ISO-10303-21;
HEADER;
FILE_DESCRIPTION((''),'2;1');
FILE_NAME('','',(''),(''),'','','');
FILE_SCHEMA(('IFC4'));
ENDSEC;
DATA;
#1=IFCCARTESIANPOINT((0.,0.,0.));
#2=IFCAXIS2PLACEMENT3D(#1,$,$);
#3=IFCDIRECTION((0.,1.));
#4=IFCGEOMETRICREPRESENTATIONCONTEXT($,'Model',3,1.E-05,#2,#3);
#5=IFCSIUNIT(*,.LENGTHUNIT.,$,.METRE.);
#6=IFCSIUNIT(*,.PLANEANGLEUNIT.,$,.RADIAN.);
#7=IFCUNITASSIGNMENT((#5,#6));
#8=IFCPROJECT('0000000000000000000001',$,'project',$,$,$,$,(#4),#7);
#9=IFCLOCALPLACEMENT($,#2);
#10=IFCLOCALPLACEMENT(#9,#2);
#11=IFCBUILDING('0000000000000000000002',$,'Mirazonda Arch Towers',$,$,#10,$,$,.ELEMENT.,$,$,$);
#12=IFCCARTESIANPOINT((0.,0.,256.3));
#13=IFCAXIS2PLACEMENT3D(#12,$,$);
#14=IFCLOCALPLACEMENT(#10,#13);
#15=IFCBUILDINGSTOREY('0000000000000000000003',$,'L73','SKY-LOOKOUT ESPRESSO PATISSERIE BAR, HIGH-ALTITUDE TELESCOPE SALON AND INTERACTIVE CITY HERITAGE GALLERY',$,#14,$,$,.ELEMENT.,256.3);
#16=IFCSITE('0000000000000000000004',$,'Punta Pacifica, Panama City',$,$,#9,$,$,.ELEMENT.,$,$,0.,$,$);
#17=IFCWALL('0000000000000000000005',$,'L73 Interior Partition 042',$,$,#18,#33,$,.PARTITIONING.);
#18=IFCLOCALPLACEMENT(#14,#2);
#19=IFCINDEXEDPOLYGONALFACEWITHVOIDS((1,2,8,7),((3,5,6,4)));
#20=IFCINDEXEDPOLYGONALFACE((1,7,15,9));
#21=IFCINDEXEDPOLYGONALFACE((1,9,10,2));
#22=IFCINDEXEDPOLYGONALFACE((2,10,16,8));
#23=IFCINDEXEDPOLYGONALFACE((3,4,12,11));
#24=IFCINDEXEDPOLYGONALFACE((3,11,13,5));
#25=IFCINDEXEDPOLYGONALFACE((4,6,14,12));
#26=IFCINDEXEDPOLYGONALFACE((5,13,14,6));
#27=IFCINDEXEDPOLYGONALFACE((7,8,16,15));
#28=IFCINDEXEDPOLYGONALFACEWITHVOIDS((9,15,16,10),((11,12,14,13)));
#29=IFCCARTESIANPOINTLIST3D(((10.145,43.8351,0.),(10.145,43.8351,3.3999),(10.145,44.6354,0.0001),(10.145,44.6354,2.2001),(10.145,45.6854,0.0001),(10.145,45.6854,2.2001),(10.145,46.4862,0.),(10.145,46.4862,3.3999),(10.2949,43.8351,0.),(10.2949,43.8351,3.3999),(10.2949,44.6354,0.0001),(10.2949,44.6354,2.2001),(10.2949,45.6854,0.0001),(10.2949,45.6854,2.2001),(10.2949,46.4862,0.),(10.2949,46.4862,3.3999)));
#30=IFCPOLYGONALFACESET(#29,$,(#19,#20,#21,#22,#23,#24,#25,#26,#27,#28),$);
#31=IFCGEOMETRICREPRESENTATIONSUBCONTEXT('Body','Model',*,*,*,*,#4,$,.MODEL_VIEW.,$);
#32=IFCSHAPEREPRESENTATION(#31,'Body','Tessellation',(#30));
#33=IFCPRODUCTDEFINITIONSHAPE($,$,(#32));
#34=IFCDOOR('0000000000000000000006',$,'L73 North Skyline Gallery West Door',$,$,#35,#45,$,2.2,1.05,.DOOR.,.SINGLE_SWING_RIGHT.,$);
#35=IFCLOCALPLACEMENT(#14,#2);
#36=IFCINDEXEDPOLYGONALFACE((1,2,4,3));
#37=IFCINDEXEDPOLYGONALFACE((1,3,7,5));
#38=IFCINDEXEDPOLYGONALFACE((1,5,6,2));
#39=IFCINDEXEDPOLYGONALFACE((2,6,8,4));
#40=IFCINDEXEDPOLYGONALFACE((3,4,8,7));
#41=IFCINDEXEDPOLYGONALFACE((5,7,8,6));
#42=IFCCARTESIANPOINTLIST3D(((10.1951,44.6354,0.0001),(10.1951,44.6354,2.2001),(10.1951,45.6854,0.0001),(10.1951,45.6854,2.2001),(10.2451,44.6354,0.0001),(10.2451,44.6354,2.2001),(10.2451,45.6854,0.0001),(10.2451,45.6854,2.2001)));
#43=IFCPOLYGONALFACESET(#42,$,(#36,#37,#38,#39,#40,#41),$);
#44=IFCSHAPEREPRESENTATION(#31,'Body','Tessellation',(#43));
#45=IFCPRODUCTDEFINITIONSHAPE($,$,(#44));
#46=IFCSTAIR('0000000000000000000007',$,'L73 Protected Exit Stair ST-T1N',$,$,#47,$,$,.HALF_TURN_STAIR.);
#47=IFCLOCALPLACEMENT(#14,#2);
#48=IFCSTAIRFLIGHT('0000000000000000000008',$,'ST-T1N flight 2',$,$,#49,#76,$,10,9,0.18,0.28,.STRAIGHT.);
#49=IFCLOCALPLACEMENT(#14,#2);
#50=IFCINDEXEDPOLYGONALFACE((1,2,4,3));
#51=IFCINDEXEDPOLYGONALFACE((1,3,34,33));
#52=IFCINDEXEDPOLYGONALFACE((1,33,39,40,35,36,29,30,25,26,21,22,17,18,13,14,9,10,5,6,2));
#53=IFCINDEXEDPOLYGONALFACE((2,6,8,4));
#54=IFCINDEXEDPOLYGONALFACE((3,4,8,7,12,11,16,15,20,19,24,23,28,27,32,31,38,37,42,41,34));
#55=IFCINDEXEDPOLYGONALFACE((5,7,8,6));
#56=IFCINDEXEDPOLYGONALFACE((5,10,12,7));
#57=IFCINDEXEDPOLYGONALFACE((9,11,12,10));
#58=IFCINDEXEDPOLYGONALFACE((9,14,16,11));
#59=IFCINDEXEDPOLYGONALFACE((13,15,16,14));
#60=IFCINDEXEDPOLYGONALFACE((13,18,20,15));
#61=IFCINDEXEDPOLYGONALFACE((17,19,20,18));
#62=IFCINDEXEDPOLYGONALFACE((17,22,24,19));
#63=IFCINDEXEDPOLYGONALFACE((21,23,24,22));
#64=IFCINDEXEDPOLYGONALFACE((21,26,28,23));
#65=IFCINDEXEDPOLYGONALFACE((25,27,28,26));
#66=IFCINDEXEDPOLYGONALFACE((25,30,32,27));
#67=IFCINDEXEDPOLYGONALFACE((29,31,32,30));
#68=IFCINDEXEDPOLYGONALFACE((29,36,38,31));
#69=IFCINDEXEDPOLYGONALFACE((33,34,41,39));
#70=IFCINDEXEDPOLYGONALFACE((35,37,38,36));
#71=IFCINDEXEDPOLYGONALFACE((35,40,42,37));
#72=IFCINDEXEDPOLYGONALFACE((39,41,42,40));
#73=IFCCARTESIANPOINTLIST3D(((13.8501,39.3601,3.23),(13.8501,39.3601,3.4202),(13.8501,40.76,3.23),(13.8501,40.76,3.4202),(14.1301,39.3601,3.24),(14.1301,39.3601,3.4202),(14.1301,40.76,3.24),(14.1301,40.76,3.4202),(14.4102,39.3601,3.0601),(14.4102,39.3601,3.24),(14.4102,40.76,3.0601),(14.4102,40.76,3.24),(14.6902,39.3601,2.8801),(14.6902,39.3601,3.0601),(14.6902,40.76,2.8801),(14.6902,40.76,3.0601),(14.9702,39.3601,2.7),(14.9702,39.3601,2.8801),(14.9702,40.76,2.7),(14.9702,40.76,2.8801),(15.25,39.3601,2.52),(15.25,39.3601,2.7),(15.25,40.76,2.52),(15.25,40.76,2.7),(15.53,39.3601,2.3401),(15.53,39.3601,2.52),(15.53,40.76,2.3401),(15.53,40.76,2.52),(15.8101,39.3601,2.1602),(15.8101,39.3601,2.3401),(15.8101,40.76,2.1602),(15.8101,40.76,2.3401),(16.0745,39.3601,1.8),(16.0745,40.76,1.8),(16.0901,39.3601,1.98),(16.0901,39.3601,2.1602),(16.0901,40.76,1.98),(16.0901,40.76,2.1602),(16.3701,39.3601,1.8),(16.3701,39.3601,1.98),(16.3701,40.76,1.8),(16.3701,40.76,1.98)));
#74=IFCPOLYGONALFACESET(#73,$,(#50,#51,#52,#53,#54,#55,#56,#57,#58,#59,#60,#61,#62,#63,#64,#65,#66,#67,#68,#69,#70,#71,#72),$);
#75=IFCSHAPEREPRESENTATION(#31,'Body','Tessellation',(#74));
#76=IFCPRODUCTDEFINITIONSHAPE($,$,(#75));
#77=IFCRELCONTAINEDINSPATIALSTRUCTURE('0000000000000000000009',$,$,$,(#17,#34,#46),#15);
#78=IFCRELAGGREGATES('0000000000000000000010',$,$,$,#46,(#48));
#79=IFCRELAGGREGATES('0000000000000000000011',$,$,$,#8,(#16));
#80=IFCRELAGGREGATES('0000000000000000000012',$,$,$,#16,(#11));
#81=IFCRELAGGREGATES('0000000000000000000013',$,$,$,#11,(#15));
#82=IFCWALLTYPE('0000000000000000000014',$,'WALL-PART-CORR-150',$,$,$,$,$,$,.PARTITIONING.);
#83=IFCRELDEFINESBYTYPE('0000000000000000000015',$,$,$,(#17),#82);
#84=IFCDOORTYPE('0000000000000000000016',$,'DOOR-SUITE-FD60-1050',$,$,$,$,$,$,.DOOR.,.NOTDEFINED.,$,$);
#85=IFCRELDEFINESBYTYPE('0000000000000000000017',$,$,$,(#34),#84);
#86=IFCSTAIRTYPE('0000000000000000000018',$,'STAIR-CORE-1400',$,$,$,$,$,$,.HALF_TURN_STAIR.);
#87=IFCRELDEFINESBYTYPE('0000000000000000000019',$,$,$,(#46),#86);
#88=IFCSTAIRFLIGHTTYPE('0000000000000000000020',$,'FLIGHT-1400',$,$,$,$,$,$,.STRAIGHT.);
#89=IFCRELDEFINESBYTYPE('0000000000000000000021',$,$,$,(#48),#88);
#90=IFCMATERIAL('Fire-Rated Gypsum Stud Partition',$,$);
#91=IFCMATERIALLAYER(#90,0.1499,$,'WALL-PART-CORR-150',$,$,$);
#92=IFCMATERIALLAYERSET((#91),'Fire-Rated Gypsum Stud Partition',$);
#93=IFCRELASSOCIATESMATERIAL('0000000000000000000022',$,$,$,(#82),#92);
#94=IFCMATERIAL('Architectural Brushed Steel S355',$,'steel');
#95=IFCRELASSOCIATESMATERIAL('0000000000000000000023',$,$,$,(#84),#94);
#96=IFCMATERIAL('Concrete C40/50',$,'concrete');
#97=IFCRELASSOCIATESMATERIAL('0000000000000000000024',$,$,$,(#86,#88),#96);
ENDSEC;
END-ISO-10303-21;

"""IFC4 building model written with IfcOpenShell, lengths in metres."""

from ifc_helpers import new_model, si_unit, direction, frame, frame_2d, origin, place, context, subcontext, project, spatial, polyline, rectangle, outline, extrude, material, layer, layer_set, type_object, element, fill, aggregate, save


model = new_model("IFC4")

# Units and contexts
model_context = context("Model", 3, precision=1e-05, world=origin(), true_north=direction((0.0, 1.0)))
body_context = subcontext(model_context, "Body", "Model", "MODEL_VIEW")
ifc_project = project(units=[si_unit("LENGTHUNIT", "METRE"), si_unit("PLANEANGLEUNIT", "RADIAN")], contexts=[model_context])

# Site, building, storey
site_placement = place(None, origin())
site = spatial("IfcSite", under=ifc_project, at=site_placement, Name="Punta Pacifica, Panama City", CompositionType="ELEMENT", RefElevation=0.0)
building_placement = place(site_placement, origin())
building = spatial("IfcBuilding", under=site, at=building_placement, Name="Mirazonda Arch Towers", CompositionType="ELEMENT")
storey_placement = place(building_placement, frame((0.0, 0.0, 256.3)))
storey = spatial("IfcBuildingStorey", under=building, at=storey_placement, Name="L73", Description="SKY-LOOKOUT ESPRESSO PATISSERIE BAR, HIGH-ALTITUDE TELESCOPE SALON AND INTERACTIVE CITY HERITAGE GALLERY", CompositionType="ELEMENT", Elevation=256.3)

# Shared definitions
ifc_material_1 = material(Name="Fire-Rated Gypsum Stud Partition")
ifc_layer_1 = layer(ifc_material_1, 0.1499, Name="WALL-PART-CORR-150")
ifc_layer_set_1 = layer_set([ifc_layer_1], Name="Fire-Rated Gypsum Stud Partition")
wall_type_1 = type_object("IfcWallType", Name="WALL-PART-CORR-150", PredefinedType="PARTITIONING", material=ifc_layer_set_1)

# Wall, opening, door
wall_1_placement = place(storey_placement, frame((10.22, 43.835, 0.0), z_axis=(0.0, 0.0, 1.0), x_axis=(0.0, 1.0, 0.0)))
wall_1 = element("IfcWall", 1, at=wall_1_placement, inside=storey, type_object=wall_type_1, Name="L73 Interior Partition 042", PredefinedType="PARTITIONING", context=body_context, shape_type="SweptSolid", body=[
    extrude(rectangle(XDim=2.6511, YDim=0.1499, at=frame_2d((1.3257, 0.0))), origin(), (0.0, 0.0, 1.0), 3.3999),
])
opening_placement = place(wall_1_placement, frame((0.8005, 0.0, 0.0)))
opening = element("IfcOpeningElement", 2, at=opening_placement, cuts=wall_1, PredefinedType="OPENING", context=body_context, shape_type="SweptSolid", body=[
    extrude(rectangle(XDim=1.05, YDim=2.2, at=frame_2d((0.5249, 1.1001))), frame((0.0, 0.085, 0.0), z_axis=(0.0, -1.0, 0.0), x_axis=(1.0, 0.0, 0.0)), (0.0, 0.0, 1.0), 0.1699),
])
ifc_material_2 = material(Name="Architectural Brushed Steel S355", Category="steel")
door_type = type_object("IfcDoorType", Name="DOOR-SUITE-FD60-1050", OperationType="NOTDEFINED", PredefinedType="DOOR", material=ifc_material_2)
door_placement = place(opening_placement, origin())
door = element("IfcDoor", 3, at=door_placement, inside=storey, type_object=door_type, Name="L73 North Skyline Gallery West Door", OperationType="SINGLE_SWING_RIGHT", OverallHeight=2.2, OverallWidth=1.05, PredefinedType="DOOR", context=body_context, shape_type="SweptSolid", body=[
    extrude(rectangle(XDim=1.05, YDim=2.2, at=frame_2d((0.5249, 1.1001))), frame((0.0, 0.0249, 0.0), z_axis=(0.0, -1.0, 0.0), x_axis=(1.0, 0.0, 0.0)), (0.0, 0.0, 1.0), 0.05),
])
fill(opening, door)

# Stair, stair flight
ifc_material_3 = material(Name="Concrete C40/50", Category="concrete")
stair_type = type_object("IfcStairType", Name="STAIR-CORE-1400", PredefinedType="HALF_TURN_STAIR", material=ifc_material_3)
stair_placement = place(storey_placement, origin())
stair = element("IfcStair", 4, at=stair_placement, inside=storey, type_object=stair_type, Name="L73 Protected Exit Stair ST-T1N", PredefinedType="HALF_TURN_STAIR")
stair_flight_type = type_object("IfcStairFlightType", Name="FLIGHT-1400", PredefinedType="STRAIGHT", material=ifc_material_3)
stair_flight_placement = place(storey_placement, frame((16.3701, 40.0601, 1.8), z_axis=(0.0, 0.0, 1.0), x_axis=(-1.0, 0.0, 0.0)))
stair_flight = element("IfcStairFlight", 5, at=stair_flight_placement, type_object=stair_flight_type, Name="ST-T1N flight 2", NumberOfRisers=10, NumberOfTreads=9, PredefinedType="STRAIGHT", RiserHeight=0.18, TreadLength=0.28, context=body_context, shape_type="SweptSolid", body=[
    extrude(outline(polyline([(0.0, 0.0), (0.0, 0.1799), (0.28, 0.1799), (0.28, 0.3601), (0.5601, 0.3601), (0.5601, 0.54), (0.8401, 0.54), (0.8401, 0.72), (1.1201, 0.72), (1.1201, 0.8999), (1.3999, 0.8999), (1.3999, 1.0801), (1.6799, 1.0801), (1.6799, 1.26), (1.96, 1.26), (1.96, 1.4399), (2.24, 1.4399), (2.24, 1.6201), (2.52, 1.6201), (2.52, 1.8), (2.52, 1.4299), (0.2957, 0.0), (0.0, 0.0)])), frame((0.0, 0.7, 0.0), z_axis=(0.0, -1.0, 0.0), x_axis=(1.0, 0.0, 0.0)), (0.0, 0.0, 1.0), 1.3999),
])
aggregate(stair, [stair_flight])

save(model, "model.ifc")
